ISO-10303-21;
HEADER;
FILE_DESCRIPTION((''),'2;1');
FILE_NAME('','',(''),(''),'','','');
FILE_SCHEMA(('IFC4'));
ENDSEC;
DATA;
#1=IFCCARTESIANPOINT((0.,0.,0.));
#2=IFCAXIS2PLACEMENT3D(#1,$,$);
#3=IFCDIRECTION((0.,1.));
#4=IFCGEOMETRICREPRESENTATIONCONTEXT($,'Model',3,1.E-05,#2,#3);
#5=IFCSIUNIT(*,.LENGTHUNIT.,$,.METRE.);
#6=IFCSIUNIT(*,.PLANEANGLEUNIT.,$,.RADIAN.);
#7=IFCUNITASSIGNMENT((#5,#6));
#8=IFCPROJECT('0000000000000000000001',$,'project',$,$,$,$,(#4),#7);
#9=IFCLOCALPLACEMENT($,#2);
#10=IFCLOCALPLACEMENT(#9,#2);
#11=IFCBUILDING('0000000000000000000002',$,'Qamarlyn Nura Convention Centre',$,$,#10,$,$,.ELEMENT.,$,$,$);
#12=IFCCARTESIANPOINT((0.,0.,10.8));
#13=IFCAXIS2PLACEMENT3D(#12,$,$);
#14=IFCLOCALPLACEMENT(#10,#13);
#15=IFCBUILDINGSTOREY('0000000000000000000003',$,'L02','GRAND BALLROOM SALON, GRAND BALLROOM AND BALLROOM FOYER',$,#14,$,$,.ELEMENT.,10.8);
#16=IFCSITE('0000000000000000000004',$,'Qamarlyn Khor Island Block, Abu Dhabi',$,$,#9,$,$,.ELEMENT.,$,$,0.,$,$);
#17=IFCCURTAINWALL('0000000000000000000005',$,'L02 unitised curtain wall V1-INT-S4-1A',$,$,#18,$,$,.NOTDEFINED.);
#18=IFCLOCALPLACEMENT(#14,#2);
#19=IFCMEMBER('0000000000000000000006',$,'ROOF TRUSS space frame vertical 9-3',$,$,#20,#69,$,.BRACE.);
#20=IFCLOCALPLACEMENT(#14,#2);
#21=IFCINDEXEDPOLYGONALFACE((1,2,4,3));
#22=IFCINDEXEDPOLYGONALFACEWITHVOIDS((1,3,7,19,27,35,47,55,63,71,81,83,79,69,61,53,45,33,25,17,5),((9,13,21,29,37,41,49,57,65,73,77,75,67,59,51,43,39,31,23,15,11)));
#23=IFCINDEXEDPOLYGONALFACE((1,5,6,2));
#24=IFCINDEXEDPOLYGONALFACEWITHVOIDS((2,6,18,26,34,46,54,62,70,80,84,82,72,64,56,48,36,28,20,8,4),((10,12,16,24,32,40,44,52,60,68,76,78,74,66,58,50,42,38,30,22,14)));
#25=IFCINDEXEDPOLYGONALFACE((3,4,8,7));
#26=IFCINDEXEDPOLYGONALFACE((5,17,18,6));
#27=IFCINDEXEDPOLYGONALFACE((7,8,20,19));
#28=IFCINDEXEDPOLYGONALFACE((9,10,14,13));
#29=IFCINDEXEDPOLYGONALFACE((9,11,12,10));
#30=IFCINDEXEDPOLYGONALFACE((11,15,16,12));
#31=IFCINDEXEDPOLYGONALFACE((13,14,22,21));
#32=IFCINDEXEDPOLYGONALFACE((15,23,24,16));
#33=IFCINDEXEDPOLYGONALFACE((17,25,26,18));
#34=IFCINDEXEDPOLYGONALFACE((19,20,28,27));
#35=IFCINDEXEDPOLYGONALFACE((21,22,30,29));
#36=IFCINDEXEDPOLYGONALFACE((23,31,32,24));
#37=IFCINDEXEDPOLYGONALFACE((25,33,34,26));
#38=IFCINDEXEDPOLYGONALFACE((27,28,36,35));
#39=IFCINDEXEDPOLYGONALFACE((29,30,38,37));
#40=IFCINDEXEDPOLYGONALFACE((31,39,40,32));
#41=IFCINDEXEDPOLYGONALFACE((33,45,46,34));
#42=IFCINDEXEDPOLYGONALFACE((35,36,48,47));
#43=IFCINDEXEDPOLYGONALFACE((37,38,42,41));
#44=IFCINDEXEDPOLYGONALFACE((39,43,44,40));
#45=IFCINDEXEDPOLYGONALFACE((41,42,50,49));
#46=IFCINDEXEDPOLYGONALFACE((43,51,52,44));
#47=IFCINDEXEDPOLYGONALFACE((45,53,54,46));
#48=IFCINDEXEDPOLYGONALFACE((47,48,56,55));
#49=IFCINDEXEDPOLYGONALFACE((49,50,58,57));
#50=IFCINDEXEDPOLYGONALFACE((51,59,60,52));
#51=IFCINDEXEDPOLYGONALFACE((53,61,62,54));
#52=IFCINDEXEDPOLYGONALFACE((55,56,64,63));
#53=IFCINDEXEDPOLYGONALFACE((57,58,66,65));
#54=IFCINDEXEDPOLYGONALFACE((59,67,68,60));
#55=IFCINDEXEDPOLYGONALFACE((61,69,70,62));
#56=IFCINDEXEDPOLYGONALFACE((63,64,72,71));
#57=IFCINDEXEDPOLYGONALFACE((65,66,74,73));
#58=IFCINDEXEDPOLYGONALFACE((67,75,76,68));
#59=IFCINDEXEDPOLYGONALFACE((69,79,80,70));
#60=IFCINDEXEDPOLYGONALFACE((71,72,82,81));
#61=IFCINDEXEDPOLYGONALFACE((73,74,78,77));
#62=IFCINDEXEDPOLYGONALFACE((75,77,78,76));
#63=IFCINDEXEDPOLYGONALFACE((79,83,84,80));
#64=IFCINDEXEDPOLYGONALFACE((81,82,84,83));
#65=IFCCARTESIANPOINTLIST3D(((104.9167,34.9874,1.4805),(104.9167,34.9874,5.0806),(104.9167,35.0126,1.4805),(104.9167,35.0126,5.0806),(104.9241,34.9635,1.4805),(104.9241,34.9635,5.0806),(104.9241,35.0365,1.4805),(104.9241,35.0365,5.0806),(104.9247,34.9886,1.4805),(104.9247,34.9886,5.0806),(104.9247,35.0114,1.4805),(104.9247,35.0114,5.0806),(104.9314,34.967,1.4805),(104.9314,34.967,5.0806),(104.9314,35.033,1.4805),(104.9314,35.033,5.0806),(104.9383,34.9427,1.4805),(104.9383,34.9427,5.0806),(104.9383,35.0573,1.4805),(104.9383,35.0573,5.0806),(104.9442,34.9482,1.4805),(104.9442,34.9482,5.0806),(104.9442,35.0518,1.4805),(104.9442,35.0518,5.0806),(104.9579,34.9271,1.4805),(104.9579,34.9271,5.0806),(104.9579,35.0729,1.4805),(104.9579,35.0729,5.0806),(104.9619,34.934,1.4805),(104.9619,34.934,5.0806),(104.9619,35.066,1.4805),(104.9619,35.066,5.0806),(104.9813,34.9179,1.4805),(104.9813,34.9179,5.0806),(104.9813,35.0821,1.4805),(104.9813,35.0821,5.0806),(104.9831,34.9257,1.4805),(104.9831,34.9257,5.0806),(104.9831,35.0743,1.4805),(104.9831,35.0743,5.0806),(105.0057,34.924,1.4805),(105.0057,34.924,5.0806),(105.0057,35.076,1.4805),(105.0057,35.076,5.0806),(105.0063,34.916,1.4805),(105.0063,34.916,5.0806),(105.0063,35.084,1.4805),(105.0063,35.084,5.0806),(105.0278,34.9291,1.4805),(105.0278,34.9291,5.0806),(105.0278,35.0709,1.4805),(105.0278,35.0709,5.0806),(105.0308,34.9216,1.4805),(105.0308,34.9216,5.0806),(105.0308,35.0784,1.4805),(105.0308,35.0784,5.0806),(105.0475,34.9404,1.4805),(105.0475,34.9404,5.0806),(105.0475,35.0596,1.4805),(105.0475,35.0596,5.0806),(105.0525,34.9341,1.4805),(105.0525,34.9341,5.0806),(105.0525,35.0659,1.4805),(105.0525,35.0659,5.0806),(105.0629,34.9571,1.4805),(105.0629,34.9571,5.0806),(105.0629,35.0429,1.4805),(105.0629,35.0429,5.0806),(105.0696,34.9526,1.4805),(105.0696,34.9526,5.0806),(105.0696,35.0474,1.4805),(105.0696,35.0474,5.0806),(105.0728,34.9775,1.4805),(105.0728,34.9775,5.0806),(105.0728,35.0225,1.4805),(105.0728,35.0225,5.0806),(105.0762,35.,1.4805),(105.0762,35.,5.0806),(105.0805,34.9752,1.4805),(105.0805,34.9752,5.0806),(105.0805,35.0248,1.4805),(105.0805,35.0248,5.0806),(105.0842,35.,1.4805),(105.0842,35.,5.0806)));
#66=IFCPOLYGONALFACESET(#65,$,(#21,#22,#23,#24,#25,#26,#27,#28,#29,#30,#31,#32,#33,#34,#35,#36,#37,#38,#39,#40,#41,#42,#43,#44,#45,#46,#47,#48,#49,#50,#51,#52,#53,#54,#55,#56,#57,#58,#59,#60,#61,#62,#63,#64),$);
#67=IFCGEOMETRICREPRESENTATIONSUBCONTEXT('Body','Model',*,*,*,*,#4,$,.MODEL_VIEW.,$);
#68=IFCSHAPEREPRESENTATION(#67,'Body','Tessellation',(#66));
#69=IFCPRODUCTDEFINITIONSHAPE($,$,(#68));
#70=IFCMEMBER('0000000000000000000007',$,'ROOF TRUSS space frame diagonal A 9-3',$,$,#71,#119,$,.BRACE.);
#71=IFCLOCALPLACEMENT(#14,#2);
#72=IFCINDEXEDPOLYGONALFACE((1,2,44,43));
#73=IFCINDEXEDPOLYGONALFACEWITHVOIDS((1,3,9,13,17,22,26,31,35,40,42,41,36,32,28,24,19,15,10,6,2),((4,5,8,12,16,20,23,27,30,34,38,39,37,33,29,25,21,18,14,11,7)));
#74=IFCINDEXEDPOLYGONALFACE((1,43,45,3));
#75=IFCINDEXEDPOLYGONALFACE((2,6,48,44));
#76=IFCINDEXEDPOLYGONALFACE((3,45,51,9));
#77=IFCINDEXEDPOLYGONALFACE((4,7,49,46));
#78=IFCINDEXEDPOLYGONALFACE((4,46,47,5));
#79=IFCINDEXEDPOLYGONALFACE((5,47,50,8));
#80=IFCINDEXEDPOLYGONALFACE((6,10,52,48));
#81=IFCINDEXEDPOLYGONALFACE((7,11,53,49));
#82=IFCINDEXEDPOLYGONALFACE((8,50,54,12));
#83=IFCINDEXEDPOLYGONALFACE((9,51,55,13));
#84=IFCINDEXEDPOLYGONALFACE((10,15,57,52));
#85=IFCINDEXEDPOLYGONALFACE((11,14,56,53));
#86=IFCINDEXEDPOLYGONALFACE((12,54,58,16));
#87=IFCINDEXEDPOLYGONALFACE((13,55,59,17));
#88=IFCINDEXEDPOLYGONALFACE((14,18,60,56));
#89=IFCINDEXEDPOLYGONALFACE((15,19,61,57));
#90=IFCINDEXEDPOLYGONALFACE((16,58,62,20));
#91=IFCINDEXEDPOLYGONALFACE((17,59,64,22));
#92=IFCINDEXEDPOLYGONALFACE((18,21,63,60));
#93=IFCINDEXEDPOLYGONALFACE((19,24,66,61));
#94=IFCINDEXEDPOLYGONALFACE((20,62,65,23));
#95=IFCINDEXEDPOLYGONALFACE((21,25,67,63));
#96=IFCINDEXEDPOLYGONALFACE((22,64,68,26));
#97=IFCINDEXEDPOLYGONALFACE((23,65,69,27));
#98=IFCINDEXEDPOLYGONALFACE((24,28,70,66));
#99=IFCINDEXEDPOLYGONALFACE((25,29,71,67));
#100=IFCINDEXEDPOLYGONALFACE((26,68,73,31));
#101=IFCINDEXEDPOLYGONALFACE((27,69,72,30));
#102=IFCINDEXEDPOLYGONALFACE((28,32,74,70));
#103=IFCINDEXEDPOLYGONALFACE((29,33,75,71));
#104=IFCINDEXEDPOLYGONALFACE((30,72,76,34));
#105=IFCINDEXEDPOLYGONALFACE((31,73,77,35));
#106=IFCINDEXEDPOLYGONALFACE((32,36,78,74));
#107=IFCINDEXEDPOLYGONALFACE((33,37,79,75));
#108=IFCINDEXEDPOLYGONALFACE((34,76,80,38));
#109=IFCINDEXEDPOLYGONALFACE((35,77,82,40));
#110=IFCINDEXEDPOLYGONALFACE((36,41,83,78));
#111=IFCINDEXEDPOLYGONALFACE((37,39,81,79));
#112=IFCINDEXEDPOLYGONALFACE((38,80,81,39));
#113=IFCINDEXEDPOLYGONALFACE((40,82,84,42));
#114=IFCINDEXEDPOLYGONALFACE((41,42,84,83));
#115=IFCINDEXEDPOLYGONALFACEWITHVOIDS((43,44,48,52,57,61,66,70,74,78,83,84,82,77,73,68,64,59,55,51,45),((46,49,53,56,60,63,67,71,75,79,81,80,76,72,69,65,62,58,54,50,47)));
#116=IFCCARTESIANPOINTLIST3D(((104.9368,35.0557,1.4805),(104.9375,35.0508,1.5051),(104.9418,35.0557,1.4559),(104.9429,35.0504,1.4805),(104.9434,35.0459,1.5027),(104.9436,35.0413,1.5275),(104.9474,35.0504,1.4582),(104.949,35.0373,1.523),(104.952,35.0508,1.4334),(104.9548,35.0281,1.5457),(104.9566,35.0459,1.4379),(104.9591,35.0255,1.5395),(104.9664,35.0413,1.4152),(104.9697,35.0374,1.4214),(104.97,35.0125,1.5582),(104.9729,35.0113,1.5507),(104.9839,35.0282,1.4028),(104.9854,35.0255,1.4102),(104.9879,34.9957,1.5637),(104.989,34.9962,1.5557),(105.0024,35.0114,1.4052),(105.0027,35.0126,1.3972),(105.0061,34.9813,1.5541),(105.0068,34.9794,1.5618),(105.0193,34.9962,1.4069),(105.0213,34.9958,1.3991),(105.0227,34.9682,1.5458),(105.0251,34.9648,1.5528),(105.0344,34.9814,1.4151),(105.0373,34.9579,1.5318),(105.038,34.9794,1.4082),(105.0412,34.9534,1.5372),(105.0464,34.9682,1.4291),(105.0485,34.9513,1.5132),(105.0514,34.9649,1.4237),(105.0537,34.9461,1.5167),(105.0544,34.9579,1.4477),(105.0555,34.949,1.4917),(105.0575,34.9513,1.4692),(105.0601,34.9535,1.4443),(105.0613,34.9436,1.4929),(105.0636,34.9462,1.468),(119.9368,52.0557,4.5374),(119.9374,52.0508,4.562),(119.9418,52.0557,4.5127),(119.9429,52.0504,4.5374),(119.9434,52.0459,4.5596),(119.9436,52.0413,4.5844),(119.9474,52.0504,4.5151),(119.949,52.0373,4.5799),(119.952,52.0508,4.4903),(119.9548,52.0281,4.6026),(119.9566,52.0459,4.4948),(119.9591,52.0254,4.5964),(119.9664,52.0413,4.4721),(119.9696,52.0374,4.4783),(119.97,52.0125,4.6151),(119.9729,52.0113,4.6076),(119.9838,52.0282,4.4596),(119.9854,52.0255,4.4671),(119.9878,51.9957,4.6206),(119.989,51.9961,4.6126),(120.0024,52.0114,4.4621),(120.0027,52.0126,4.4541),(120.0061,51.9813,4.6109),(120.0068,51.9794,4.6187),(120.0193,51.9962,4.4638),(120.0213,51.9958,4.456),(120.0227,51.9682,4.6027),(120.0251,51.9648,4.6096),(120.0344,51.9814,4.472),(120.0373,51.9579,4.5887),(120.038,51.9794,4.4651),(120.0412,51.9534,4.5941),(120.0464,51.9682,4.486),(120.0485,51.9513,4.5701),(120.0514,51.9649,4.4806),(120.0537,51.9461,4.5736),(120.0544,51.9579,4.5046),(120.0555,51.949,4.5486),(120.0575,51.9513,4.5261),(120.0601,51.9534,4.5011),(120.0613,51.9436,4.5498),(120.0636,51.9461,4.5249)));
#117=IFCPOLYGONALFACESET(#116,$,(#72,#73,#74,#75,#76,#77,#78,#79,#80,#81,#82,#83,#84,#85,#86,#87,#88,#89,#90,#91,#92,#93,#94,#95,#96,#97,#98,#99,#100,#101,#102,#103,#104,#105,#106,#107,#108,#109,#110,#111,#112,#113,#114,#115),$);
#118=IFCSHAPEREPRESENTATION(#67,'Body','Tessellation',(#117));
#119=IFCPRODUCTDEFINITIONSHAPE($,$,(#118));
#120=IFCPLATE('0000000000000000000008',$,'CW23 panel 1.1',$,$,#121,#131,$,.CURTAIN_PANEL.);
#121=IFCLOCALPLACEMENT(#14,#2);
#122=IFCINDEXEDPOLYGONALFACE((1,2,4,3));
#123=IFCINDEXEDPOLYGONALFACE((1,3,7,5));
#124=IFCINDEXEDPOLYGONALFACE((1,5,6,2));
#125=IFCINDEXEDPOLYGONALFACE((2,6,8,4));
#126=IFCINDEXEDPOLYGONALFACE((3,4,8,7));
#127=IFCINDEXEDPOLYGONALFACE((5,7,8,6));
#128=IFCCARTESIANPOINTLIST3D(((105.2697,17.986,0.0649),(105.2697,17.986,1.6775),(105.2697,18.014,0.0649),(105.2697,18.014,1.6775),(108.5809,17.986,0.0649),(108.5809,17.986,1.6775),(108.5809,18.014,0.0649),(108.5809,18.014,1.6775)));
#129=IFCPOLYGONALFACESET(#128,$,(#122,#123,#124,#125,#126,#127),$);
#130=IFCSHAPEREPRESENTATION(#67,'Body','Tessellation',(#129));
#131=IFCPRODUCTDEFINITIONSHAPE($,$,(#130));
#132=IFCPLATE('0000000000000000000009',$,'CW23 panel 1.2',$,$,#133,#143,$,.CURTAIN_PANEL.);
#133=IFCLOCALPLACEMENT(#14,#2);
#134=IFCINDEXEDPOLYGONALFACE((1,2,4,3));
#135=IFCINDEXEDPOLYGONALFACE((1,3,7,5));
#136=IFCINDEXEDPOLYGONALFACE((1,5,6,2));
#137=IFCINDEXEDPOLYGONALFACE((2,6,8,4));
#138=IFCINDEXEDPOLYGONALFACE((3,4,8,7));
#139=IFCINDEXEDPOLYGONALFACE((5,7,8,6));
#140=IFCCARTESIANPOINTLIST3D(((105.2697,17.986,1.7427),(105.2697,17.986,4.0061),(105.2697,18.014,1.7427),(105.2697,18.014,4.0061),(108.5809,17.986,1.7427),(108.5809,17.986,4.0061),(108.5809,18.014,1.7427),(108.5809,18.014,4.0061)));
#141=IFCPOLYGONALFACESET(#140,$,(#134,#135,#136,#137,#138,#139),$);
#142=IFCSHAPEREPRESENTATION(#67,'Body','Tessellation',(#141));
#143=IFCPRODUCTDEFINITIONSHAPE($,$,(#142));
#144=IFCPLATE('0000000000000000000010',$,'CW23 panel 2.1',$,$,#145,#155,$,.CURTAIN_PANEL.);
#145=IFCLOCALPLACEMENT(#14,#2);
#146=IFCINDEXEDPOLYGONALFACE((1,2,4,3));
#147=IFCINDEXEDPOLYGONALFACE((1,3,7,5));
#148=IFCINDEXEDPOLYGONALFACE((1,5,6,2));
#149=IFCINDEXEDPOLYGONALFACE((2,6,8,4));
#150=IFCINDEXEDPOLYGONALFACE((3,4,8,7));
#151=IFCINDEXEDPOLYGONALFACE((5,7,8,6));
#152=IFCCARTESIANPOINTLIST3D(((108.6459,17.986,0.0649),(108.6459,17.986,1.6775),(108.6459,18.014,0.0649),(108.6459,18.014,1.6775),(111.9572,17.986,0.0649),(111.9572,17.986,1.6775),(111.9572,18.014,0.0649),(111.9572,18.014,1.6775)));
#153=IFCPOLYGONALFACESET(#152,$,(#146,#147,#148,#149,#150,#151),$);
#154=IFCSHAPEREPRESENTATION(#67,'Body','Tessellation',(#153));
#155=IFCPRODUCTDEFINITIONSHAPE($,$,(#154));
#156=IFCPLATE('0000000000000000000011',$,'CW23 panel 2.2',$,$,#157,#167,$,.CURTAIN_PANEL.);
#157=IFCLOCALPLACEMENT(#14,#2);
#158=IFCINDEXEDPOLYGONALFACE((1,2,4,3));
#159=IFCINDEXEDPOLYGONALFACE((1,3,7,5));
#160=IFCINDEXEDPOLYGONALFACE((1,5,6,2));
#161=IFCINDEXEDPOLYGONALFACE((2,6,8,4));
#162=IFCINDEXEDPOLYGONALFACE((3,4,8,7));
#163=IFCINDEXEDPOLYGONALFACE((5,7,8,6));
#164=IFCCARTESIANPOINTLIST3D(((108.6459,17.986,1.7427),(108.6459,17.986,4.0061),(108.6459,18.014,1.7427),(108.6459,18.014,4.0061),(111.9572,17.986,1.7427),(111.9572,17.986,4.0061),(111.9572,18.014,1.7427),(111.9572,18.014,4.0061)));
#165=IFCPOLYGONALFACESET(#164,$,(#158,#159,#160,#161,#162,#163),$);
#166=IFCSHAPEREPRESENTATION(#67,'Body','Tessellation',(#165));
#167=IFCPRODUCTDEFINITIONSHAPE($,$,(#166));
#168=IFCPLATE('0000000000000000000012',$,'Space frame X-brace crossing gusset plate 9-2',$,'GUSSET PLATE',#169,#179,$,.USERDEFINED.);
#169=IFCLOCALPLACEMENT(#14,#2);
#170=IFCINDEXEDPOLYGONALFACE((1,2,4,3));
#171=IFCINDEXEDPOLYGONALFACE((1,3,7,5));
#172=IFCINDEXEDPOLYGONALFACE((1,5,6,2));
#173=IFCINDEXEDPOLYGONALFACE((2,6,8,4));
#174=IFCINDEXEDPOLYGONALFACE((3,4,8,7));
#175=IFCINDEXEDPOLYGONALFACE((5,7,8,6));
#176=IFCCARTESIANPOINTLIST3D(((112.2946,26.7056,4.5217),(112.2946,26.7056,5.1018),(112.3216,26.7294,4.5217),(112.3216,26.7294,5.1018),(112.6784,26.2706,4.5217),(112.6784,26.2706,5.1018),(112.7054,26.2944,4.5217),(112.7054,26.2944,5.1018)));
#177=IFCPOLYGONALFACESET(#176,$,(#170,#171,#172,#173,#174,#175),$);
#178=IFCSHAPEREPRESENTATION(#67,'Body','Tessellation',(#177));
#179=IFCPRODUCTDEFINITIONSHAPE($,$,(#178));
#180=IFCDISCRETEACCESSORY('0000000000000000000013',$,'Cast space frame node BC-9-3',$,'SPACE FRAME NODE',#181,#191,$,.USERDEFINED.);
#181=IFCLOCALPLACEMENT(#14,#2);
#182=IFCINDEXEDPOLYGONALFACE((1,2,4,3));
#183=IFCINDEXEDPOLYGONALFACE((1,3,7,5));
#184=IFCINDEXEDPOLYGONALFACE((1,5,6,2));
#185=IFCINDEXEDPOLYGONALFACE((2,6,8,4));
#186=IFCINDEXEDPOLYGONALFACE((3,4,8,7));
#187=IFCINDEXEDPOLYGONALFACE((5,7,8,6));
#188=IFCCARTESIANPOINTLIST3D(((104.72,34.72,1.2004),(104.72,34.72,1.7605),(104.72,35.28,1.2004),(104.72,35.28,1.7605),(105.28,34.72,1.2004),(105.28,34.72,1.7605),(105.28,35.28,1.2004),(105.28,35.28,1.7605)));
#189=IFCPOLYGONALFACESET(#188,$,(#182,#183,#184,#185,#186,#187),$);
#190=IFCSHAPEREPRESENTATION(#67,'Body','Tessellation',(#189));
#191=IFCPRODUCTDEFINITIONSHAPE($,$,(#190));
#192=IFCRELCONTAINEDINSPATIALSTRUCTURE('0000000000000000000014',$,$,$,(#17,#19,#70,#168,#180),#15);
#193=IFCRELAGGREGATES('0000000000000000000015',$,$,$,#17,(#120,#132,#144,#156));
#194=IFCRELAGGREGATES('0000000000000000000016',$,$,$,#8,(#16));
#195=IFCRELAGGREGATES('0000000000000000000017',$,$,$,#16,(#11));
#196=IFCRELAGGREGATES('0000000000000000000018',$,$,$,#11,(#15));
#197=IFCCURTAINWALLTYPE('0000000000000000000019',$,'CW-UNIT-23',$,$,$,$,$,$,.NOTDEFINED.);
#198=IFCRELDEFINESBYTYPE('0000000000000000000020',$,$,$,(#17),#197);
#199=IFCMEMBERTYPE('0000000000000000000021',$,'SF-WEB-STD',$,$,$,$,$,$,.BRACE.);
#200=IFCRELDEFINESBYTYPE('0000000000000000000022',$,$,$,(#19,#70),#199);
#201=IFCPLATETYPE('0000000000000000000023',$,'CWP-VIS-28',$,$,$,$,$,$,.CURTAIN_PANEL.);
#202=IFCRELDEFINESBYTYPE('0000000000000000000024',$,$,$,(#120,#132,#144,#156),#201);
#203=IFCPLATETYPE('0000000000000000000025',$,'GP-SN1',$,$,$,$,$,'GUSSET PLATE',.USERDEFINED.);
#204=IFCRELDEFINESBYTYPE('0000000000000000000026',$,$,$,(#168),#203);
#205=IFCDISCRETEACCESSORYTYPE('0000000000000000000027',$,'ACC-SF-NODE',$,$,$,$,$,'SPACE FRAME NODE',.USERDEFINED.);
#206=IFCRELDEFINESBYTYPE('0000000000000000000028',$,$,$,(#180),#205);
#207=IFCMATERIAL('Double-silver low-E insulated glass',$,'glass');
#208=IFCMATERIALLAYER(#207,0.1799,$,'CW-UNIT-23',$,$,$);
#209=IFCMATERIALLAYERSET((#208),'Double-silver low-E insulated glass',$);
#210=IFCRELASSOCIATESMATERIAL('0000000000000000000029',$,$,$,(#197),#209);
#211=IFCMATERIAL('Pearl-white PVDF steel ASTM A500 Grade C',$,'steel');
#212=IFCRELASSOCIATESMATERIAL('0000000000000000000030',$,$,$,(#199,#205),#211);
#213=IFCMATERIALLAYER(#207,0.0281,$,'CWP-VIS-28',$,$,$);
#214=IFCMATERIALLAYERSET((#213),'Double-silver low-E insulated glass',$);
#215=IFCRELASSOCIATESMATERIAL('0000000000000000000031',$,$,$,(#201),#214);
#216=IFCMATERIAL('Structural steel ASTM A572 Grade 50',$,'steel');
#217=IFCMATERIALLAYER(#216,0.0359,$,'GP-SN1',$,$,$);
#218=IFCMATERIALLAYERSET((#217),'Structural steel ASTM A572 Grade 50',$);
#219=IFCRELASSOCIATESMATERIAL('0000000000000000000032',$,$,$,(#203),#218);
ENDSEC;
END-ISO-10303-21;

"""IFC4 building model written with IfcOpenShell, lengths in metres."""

from ifc_helpers import new_model, si_unit, direction, frame, origin, origin_2d, place, context, subcontext, project, spatial, rectangle, hollow_circle, extrude, material, layer, layer_set, material_profile, profile_set, type_object, element, aggregate, save


model = new_model("IFC4")

# Units and contexts
model_context = context("Model", 3, precision=1e-05, world=origin(), true_north=direction((0.0, 1.0)))
body_context = subcontext(model_context, "Body", "Model", "MODEL_VIEW")
ifc_project = project(units=[si_unit("LENGTHUNIT", "METRE"), si_unit("PLANEANGLEUNIT", "RADIAN")], contexts=[model_context])

# Site, building, storey
site_placement = place(None, origin())
site = spatial("IfcSite", under=ifc_project, at=site_placement, Name="Qamarlyn Khor Island Block, Abu Dhabi", CompositionType="ELEMENT", RefElevation=0.0)
building_placement = place(site_placement, origin())
building = spatial("IfcBuilding", under=site, at=building_placement, Name="Qamarlyn Nura Convention Centre", CompositionType="ELEMENT")
storey_placement = place(building_placement, frame((0.0, 0.0, 10.8)))
storey = spatial("IfcBuildingStorey", under=building, at=storey_placement, Name="L02", Description="GRAND BALLROOM SALON, GRAND BALLROOM AND BALLROOM FOYER", CompositionType="ELEMENT", Elevation=10.8)

# Shared definitions
ifc_material_1 = material(Name="Double-silver low-E insulated glass", Category="glass")

# Curtain wall
ifc_layer_1 = layer(ifc_material_1, 0.1799, Name="CW-UNIT-23")
ifc_layer_set_1 = layer_set([ifc_layer_1], Name="Double-silver low-E insulated glass")
curtain_wall_type_1 = type_object("IfcCurtainWallType", Name="CW-UNIT-23", PredefinedType="NOTDEFINED", material=ifc_layer_set_1)
curtain_wall_1_placement = place(storey_placement, origin())
curtain_wall_1 = element("IfcCurtainWall", 1, at=curtain_wall_1_placement, inside=storey, type_object=curtain_wall_type_1, Name="L02 unitised curtain wall V1-INT-S4-1A", PredefinedType="NOTDEFINED")

# Members
ifc_material_2 = material(Name="Pearl-white PVDF steel ASTM A500 Grade C", Category="steel")
ifc_material_profile_1 = material_profile(ifc_material_2, hollow_circle(Radius=0.0842, WallThickness=0.0081, at=origin_2d()), Name="CHS168.3X8")
ifc_profile_set_1 = profile_set([ifc_material_profile_1], Name="Pearl-white PVDF steel ASTM A500 Grade C")
member_type_1 = type_object("IfcMemberType", Name="SF-WEB-STD", PredefinedType="BRACE", material=ifc_profile_set_1)
member_1_placement = place(storey_placement, frame((105.0, 35.0, 1.4805), z_axis=(0.0, 0.0, 1.0), x_axis=(1.0, 0.0, 0.0)))
element("IfcMember", 2, at=member_1_placement, inside=storey, type_object=member_type_1, Name="ROOF TRUSS space frame vertical 9-3", PredefinedType="BRACE", context=body_context, shape_type="SweptSolid", body=[
    extrude(hollow_circle(Radius=0.0842, WallThickness=0.0081, at=origin_2d()), origin(), (0.0, 0.0, 1.0), 3.6001),
])
member_2_placement = place(storey_placement, frame((105.0, 35.0, 1.4805), z_axis=(0.655688, 0.743113, 0.133624), x_axis=(-0.749838, 0.661622, 0.0)))
element("IfcMember", 3, at=member_2_placement, inside=storey, type_object=member_type_1, Name="ROOF TRUSS space frame diagonal A 9-3", PredefinedType="BRACE", context=body_context, shape_type="SweptSolid", body=[
    extrude(hollow_circle(Radius=0.0842, WallThickness=0.0081, at=origin_2d()), origin(), (0.0, 0.0, 1.0), 22.8767),
])

# Plates
ifc_layer_2 = layer(ifc_material_1, 0.0281, Name="CWP-VIS-28")
ifc_layer_set_2 = layer_set([ifc_layer_2], Name="Double-silver low-E insulated glass")
plate_type_1 = type_object("IfcPlateType", Name="CWP-VIS-28", PredefinedType="CURTAIN_PANEL", material=ifc_layer_set_2)
plate_1_placement = place(storey_placement, frame((106.9253, 18.0, 0.0649), z_axis=(0.0, 0.0, 1.0), x_axis=(1.0, 0.0, 0.0)))
plate_1 = element("IfcPlate", 4, at=plate_1_placement, type_object=plate_type_1, Name="CW23 panel 1.1", PredefinedType="CURTAIN_PANEL", context=body_context, shape_type="SweptSolid", body=[
    extrude(rectangle(XDim=3.3113, YDim=0.0281, at=origin_2d()), origin(), (0.0, 0.0, 1.0), 1.6125),
])
plate_2_placement = place(storey_placement, frame((106.9253, 18.0, 1.7427), z_axis=(0.0, 0.0, 1.0), x_axis=(1.0, 0.0, 0.0)))
plate_2 = element("IfcPlate", 5, at=plate_2_placement, type_object=plate_type_1, Name="CW23 panel 1.2", PredefinedType="CURTAIN_PANEL", context=body_context, shape_type="SweptSolid", body=[
    extrude(rectangle(XDim=3.3113, YDim=0.0281, at=origin_2d()), origin(), (0.0, 0.0, 1.0), 2.2634),
])
plate_3_placement = place(storey_placement, frame((110.3015, 18.0, 0.0649), z_axis=(0.0, 0.0, 1.0), x_axis=(1.0, 0.0, 0.0)))
plate_3 = element("IfcPlate", 6, at=plate_3_placement, type_object=plate_type_1, Name="CW23 panel 2.1", PredefinedType="CURTAIN_PANEL", context=body_context, shape_type="SweptSolid", body=[
    extrude(rectangle(XDim=3.3113, YDim=0.0281, at=origin_2d()), origin(), (0.0, 0.0, 1.0), 1.6125),
])
plate_4_placement = place(storey_placement, frame((110.3015, 18.0, 1.7427), z_axis=(0.0, 0.0, 1.0), x_axis=(1.0, 0.0, 0.0)))
plate_4 = element("IfcPlate", 7, at=plate_4_placement, type_object=plate_type_1, Name="CW23 panel 2.2", PredefinedType="CURTAIN_PANEL", context=body_context, shape_type="SweptSolid", body=[
    extrude(rectangle(XDim=3.3113, YDim=0.0281, at=origin_2d()), origin(), (0.0, 0.0, 1.0), 2.2634),
])
aggregate(curtain_wall_1, [plate_1, plate_2, plate_3, plate_4])
ifc_material_3 = material(Name="Structural steel ASTM A572 Grade 50", Category="steel")
ifc_layer_3 = layer(ifc_material_3, 0.0359, Name="GP-SN1")
ifc_layer_set_3 = layer_set([ifc_layer_3], Name="Structural steel ASTM A572 Grade 50")
plate_type_2 = type_object("IfcPlateType", Name="GP-SN1", ElementType="GUSSET PLATE", PredefinedType="USERDEFINED", material=ifc_layer_set_3)
plate_5_placement = place(storey_placement, frame((112.5, 26.5, 4.5217), z_axis=(0.0, 0.0, 1.0), x_axis=(-0.661622, 0.749837, 0.0)))
element("IfcPlate", 8, at=plate_5_placement, inside=storey, type_object=plate_type_2, Name="Space frame X-brace crossing gusset plate 9-2", ObjectType="GUSSET PLATE", PredefinedType="USERDEFINED", context=body_context, shape_type="SweptSolid", body=[
    extrude(rectangle(XDim=0.5801, YDim=0.0359, at=origin_2d()), origin(), (0.0, 0.0, 1.0), 0.5801),
])

# Discrete accessory
discrete_accessory_type = type_object("IfcDiscreteAccessoryType", Name="ACC-SF-NODE", ElementType="SPACE FRAME NODE", PredefinedType="USERDEFINED", material=ifc_material_2)
discrete_accessory_placement = place(storey_placement, frame((105.0, 35.0, 1.2004), z_axis=(0.0, 0.0, 1.0), x_axis=(1.0, 0.0, 0.0)))
element("IfcDiscreteAccessory", 9, at=discrete_accessory_placement, inside=storey, type_object=discrete_accessory_type, Name="Cast space frame node BC-9-3", ObjectType="SPACE FRAME NODE", PredefinedType="USERDEFINED", context=body_context, shape_type="SweptSolid", body=[
    extrude(rectangle(XDim=0.5601, YDim=0.5601, at=origin_2d()), origin(), (0.0, 0.0, 1.0), 0.5601),
])

save(model, "model.ifc")
